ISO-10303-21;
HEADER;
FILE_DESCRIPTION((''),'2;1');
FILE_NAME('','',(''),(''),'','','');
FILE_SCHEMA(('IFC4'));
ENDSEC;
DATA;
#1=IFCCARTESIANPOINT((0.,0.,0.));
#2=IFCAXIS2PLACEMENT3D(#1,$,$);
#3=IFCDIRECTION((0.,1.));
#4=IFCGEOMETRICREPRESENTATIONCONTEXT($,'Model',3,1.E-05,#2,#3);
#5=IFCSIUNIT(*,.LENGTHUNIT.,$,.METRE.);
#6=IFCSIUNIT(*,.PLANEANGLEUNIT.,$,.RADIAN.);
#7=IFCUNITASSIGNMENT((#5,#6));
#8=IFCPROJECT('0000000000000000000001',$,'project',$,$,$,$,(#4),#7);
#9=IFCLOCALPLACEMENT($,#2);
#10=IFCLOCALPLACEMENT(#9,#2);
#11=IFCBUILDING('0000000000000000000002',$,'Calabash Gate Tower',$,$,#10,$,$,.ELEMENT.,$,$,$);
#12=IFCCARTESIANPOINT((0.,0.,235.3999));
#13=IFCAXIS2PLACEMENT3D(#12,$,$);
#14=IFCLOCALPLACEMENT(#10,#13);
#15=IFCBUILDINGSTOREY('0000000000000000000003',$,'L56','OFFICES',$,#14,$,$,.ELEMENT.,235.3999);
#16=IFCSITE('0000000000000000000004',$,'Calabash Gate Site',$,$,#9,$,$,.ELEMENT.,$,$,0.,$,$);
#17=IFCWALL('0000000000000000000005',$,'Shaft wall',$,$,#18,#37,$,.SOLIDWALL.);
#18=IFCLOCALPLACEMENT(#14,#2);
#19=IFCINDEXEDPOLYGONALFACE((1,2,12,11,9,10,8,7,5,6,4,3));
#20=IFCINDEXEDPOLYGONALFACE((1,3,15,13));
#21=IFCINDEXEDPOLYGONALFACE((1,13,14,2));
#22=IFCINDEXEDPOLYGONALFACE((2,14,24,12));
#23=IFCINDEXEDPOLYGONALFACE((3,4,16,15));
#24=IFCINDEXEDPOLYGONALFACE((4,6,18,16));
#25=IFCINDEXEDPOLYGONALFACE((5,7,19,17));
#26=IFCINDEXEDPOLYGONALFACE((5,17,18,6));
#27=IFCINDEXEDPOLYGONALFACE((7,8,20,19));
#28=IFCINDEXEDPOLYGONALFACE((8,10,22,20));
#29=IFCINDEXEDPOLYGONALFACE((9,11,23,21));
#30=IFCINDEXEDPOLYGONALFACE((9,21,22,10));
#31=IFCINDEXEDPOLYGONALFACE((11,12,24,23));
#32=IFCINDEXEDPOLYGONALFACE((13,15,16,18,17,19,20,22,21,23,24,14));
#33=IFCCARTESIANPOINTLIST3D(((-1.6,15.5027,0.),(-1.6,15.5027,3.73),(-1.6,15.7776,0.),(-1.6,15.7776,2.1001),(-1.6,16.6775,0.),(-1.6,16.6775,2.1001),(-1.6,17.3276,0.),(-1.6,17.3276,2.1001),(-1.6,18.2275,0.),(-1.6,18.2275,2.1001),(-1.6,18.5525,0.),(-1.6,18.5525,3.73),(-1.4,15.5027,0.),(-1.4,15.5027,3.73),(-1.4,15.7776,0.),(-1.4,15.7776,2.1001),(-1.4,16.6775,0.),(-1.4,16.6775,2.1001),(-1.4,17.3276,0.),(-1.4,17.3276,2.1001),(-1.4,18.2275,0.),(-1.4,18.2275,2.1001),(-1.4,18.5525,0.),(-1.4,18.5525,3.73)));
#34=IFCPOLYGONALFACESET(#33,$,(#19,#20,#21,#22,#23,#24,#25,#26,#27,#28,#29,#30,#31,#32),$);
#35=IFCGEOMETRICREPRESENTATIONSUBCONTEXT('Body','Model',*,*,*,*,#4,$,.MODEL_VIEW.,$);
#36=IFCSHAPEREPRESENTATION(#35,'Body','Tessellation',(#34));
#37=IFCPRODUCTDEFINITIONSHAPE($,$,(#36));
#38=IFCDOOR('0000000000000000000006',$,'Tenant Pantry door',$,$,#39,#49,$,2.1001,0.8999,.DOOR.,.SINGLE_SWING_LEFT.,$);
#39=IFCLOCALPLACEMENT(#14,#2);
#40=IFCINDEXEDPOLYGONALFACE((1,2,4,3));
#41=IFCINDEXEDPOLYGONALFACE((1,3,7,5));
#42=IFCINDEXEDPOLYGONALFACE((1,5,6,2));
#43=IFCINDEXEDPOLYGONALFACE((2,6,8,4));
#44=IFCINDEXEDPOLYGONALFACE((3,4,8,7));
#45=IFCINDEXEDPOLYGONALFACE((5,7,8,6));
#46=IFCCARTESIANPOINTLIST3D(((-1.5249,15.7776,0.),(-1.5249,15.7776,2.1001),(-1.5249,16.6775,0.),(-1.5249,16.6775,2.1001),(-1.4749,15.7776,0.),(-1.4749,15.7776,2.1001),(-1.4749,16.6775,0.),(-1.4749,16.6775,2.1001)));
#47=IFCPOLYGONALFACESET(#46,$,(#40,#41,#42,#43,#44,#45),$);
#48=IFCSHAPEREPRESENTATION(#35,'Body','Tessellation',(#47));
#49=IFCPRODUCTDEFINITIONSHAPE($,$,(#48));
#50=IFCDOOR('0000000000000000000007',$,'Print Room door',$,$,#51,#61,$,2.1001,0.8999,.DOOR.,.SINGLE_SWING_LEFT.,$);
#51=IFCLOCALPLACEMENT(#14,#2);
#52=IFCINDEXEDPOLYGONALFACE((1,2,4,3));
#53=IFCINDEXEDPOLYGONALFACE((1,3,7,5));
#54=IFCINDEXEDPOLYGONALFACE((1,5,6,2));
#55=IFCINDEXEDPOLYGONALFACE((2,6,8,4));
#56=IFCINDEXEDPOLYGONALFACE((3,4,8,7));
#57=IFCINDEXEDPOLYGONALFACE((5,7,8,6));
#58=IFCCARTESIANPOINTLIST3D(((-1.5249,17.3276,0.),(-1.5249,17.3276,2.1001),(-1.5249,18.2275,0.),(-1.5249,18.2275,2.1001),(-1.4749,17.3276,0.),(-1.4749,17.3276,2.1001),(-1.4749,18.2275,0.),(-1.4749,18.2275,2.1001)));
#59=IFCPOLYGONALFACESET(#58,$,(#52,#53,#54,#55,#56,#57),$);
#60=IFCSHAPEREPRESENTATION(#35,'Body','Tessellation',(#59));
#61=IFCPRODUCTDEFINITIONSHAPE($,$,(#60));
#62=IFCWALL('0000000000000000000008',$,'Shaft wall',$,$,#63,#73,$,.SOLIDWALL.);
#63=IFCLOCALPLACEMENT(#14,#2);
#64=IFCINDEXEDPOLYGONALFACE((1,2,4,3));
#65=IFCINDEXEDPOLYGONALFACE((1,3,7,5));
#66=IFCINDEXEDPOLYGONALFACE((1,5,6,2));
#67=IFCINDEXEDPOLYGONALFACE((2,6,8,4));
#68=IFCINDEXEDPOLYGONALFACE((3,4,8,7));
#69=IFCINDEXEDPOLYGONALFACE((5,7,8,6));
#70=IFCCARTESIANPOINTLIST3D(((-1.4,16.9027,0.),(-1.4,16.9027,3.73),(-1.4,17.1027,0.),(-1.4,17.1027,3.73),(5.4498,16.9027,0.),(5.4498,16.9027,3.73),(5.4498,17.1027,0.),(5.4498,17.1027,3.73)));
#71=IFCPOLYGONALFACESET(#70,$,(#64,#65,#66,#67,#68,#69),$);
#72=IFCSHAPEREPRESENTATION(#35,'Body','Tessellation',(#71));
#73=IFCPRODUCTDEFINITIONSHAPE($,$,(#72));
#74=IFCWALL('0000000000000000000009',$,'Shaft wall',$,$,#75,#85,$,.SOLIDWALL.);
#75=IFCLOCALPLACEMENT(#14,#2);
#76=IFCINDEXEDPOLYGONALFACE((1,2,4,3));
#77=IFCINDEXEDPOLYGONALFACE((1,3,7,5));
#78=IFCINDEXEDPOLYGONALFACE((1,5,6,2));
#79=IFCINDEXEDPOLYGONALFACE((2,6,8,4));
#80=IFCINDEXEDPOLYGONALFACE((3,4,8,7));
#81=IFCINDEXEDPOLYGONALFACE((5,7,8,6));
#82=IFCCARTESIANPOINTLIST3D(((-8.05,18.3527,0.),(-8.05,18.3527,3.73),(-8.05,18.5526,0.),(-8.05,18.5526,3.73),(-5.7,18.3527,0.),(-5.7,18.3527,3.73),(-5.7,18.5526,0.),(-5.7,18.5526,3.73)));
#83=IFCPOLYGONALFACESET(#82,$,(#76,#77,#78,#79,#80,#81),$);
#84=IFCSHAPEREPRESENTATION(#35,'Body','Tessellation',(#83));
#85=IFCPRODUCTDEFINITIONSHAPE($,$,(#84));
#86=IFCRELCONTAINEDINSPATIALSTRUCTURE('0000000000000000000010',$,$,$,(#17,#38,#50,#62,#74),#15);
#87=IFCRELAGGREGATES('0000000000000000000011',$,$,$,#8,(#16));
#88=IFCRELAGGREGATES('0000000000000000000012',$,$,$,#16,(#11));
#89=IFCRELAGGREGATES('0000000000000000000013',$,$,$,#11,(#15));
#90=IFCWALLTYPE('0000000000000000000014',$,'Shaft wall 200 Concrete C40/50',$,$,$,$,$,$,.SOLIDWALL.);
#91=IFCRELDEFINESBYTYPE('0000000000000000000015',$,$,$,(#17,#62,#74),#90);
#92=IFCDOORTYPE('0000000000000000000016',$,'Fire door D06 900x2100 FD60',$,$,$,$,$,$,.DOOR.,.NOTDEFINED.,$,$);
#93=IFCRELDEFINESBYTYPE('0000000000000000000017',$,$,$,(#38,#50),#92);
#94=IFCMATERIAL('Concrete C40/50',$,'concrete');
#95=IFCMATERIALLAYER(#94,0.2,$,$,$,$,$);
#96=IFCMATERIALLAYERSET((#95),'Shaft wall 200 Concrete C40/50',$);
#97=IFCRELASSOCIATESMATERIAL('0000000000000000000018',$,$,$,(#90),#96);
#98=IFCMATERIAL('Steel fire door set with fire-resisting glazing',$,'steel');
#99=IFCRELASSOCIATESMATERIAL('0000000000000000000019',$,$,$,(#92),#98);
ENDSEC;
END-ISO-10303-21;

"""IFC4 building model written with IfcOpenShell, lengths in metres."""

from ifc_helpers import new_model, si_unit, direction, frame, frame_2d, origin, place, context, subcontext, project, spatial, rectangle, extrude, material, layer, layer_set, type_object, element, fill, save


model = new_model("IFC4")

# Units and contexts
model_context = context("Model", 3, precision=1e-05, world=origin(), true_north=direction((0.0, 1.0)))
body_context = subcontext(model_context, "Body", "Model", "MODEL_VIEW")
ifc_project = project(units=[si_unit("LENGTHUNIT", "METRE"), si_unit("PLANEANGLEUNIT", "RADIAN")], contexts=[model_context])

# Site, building, storey
site_placement = place(None, origin())
site = spatial("IfcSite", under=ifc_project, at=site_placement, Name="Calabash Gate Site", CompositionType="ELEMENT", RefElevation=0.0)
building_placement = place(site_placement, origin())
building = spatial("IfcBuilding", under=site, at=building_placement, Name="Calabash Gate Tower", CompositionType="ELEMENT")
storey_placement = place(building_placement, frame((0.0, 0.0, 235.3999)))
storey = spatial("IfcBuildingStorey", under=building, at=storey_placement, Name="L56", Description="OFFICES", CompositionType="ELEMENT", Elevation=235.3999)

# Shared definitions
ifc_material_1 = material(Name="Concrete C40/50", Category="concrete")
ifc_layer = layer(ifc_material_1, 0.2)
ifc_layer_set = layer_set([ifc_layer], Name="Shaft wall 200 Concrete C40/50")
wall_type = type_object("IfcWallType", Name="Shaft wall 200 Concrete C40/50", PredefinedType="SOLIDWALL", material=ifc_layer_set)

# Shared definitions
ifc_material_2 = material(Name="Steel fire door set with fire-resisting glazing", Category="steel")
door_type_1 = type_object("IfcDoorType", Name="Fire door D06 900x2100 FD60", OperationType="NOTDEFINED", PredefinedType="DOOR", material=ifc_material_2)

# Wall, openings, doors
wall_1_placement = place(storey_placement, frame((-1.5, 15.5027, 0.0), z_axis=(0.0, 0.0, 1.0), x_axis=(0.0, 1.0, 0.0)))
wall_1 = element("IfcWall", 1, at=wall_1_placement, inside=storey, type_object=wall_type, Name="Shaft wall", PredefinedType="SOLIDWALL", context=body_context, shape_type="SweptSolid", body=[
    extrude(rectangle(XDim=3.0498, YDim=0.2, at=frame_2d((1.5249, 0.0))), origin(), (0.0, 0.0, 1.0), 3.73),
])
opening_1_placement = place(wall_1_placement, frame((0.2749, 0.0, 0.0)))
opening_1 = element("IfcOpeningElement", 2, at=opening_1_placement, cuts=wall_1, PredefinedType="OPENING", context=body_context, shape_type="SweptSolid", body=[
    extrude(rectangle(XDim=0.8999, YDim=2.1001, at=frame_2d((0.45, 1.05))), frame((0.0, 0.1099, 0.0), z_axis=(0.0, -1.0, 0.0), x_axis=(1.0, 0.0, 0.0)), (0.0, 0.0, 1.0), 0.22),
])
opening_2_placement = place(wall_1_placement, frame((1.825, 0.0, 0.0)))
opening_2 = element("IfcOpeningElement", 3, at=opening_2_placement, cuts=wall_1, PredefinedType="OPENING", context=body_context, shape_type="SweptSolid", body=[
    extrude(rectangle(XDim=0.8999, YDim=2.1001, at=frame_2d((0.45, 1.05))), frame((0.0, 0.1099, 0.0), z_axis=(0.0, -1.0, 0.0), x_axis=(1.0, 0.0, 0.0)), (0.0, 0.0, 1.0), 0.22),
])
door_1_placement = place(opening_1_placement, origin())
door_1 = element("IfcDoor", 4, at=door_1_placement, inside=storey, type_object=door_type_1, Name="Tenant Pantry door", OperationType="SINGLE_SWING_LEFT", OverallHeight=2.1001, OverallWidth=0.8999, PredefinedType="DOOR", context=body_context, shape_type="SweptSolid", body=[
    extrude(rectangle(XDim=0.8999, YDim=2.1001, at=frame_2d((0.45, 1.05))), frame((0.0, 0.0249, 0.0), z_axis=(0.0, -1.0, 0.0), x_axis=(1.0, 0.0, 0.0)), (0.0, 0.0, 1.0), 0.05),
])
fill(opening_1, door_1)
door_2_placement = place(opening_2_placement, origin())
door_2 = element("IfcDoor", 5, at=door_2_placement, inside=storey, type_object=door_type_1, Name="Print Room door", OperationType="SINGLE_SWING_LEFT", OverallHeight=2.1001, OverallWidth=0.8999, PredefinedType="DOOR", context=body_context, shape_type="SweptSolid", body=[
    extrude(rectangle(XDim=0.8999, YDim=2.1001, at=frame_2d((0.45, 1.05))), frame((0.0, 0.0249, 0.0), z_axis=(0.0, -1.0, 0.0), x_axis=(1.0, 0.0, 0.0)), (0.0, 0.0, 1.0), 0.05),
])
fill(opening_2, door_2)

# Walls
wall_2_placement = place(storey_placement, frame((-1.3999, 17.0027, 0.0), z_axis=(0.0, 0.0, 1.0), x_axis=(1.0, 0.0, 0.0)))
element("IfcWall", 6, at=wall_2_placement, inside=storey, type_object=wall_type, Name="Shaft wall", PredefinedType="SOLIDWALL", context=body_context, shape_type="SweptSolid", body=[
    extrude(rectangle(XDim=6.8499, YDim=0.2, at=frame_2d((3.4248, 0.0))), origin(), (0.0, 0.0, 1.0), 3.73),
])
wall_3_placement = place(storey_placement, frame((-8.05, 18.4526, 0.0), z_axis=(0.0, 0.0, 1.0), x_axis=(1.0, 0.0, 0.0)))
element("IfcWall", 7, at=wall_3_placement, inside=storey, type_object=wall_type, Name="Shaft wall", PredefinedType="SOLIDWALL", context=body_context, shape_type="SweptSolid", body=[
    extrude(rectangle(XDim=2.3501, YDim=0.2, at=frame_2d((1.175, 0.0))), origin(), (0.0, 0.0, 1.0), 3.73),
])

save(model, "model.ifc")
